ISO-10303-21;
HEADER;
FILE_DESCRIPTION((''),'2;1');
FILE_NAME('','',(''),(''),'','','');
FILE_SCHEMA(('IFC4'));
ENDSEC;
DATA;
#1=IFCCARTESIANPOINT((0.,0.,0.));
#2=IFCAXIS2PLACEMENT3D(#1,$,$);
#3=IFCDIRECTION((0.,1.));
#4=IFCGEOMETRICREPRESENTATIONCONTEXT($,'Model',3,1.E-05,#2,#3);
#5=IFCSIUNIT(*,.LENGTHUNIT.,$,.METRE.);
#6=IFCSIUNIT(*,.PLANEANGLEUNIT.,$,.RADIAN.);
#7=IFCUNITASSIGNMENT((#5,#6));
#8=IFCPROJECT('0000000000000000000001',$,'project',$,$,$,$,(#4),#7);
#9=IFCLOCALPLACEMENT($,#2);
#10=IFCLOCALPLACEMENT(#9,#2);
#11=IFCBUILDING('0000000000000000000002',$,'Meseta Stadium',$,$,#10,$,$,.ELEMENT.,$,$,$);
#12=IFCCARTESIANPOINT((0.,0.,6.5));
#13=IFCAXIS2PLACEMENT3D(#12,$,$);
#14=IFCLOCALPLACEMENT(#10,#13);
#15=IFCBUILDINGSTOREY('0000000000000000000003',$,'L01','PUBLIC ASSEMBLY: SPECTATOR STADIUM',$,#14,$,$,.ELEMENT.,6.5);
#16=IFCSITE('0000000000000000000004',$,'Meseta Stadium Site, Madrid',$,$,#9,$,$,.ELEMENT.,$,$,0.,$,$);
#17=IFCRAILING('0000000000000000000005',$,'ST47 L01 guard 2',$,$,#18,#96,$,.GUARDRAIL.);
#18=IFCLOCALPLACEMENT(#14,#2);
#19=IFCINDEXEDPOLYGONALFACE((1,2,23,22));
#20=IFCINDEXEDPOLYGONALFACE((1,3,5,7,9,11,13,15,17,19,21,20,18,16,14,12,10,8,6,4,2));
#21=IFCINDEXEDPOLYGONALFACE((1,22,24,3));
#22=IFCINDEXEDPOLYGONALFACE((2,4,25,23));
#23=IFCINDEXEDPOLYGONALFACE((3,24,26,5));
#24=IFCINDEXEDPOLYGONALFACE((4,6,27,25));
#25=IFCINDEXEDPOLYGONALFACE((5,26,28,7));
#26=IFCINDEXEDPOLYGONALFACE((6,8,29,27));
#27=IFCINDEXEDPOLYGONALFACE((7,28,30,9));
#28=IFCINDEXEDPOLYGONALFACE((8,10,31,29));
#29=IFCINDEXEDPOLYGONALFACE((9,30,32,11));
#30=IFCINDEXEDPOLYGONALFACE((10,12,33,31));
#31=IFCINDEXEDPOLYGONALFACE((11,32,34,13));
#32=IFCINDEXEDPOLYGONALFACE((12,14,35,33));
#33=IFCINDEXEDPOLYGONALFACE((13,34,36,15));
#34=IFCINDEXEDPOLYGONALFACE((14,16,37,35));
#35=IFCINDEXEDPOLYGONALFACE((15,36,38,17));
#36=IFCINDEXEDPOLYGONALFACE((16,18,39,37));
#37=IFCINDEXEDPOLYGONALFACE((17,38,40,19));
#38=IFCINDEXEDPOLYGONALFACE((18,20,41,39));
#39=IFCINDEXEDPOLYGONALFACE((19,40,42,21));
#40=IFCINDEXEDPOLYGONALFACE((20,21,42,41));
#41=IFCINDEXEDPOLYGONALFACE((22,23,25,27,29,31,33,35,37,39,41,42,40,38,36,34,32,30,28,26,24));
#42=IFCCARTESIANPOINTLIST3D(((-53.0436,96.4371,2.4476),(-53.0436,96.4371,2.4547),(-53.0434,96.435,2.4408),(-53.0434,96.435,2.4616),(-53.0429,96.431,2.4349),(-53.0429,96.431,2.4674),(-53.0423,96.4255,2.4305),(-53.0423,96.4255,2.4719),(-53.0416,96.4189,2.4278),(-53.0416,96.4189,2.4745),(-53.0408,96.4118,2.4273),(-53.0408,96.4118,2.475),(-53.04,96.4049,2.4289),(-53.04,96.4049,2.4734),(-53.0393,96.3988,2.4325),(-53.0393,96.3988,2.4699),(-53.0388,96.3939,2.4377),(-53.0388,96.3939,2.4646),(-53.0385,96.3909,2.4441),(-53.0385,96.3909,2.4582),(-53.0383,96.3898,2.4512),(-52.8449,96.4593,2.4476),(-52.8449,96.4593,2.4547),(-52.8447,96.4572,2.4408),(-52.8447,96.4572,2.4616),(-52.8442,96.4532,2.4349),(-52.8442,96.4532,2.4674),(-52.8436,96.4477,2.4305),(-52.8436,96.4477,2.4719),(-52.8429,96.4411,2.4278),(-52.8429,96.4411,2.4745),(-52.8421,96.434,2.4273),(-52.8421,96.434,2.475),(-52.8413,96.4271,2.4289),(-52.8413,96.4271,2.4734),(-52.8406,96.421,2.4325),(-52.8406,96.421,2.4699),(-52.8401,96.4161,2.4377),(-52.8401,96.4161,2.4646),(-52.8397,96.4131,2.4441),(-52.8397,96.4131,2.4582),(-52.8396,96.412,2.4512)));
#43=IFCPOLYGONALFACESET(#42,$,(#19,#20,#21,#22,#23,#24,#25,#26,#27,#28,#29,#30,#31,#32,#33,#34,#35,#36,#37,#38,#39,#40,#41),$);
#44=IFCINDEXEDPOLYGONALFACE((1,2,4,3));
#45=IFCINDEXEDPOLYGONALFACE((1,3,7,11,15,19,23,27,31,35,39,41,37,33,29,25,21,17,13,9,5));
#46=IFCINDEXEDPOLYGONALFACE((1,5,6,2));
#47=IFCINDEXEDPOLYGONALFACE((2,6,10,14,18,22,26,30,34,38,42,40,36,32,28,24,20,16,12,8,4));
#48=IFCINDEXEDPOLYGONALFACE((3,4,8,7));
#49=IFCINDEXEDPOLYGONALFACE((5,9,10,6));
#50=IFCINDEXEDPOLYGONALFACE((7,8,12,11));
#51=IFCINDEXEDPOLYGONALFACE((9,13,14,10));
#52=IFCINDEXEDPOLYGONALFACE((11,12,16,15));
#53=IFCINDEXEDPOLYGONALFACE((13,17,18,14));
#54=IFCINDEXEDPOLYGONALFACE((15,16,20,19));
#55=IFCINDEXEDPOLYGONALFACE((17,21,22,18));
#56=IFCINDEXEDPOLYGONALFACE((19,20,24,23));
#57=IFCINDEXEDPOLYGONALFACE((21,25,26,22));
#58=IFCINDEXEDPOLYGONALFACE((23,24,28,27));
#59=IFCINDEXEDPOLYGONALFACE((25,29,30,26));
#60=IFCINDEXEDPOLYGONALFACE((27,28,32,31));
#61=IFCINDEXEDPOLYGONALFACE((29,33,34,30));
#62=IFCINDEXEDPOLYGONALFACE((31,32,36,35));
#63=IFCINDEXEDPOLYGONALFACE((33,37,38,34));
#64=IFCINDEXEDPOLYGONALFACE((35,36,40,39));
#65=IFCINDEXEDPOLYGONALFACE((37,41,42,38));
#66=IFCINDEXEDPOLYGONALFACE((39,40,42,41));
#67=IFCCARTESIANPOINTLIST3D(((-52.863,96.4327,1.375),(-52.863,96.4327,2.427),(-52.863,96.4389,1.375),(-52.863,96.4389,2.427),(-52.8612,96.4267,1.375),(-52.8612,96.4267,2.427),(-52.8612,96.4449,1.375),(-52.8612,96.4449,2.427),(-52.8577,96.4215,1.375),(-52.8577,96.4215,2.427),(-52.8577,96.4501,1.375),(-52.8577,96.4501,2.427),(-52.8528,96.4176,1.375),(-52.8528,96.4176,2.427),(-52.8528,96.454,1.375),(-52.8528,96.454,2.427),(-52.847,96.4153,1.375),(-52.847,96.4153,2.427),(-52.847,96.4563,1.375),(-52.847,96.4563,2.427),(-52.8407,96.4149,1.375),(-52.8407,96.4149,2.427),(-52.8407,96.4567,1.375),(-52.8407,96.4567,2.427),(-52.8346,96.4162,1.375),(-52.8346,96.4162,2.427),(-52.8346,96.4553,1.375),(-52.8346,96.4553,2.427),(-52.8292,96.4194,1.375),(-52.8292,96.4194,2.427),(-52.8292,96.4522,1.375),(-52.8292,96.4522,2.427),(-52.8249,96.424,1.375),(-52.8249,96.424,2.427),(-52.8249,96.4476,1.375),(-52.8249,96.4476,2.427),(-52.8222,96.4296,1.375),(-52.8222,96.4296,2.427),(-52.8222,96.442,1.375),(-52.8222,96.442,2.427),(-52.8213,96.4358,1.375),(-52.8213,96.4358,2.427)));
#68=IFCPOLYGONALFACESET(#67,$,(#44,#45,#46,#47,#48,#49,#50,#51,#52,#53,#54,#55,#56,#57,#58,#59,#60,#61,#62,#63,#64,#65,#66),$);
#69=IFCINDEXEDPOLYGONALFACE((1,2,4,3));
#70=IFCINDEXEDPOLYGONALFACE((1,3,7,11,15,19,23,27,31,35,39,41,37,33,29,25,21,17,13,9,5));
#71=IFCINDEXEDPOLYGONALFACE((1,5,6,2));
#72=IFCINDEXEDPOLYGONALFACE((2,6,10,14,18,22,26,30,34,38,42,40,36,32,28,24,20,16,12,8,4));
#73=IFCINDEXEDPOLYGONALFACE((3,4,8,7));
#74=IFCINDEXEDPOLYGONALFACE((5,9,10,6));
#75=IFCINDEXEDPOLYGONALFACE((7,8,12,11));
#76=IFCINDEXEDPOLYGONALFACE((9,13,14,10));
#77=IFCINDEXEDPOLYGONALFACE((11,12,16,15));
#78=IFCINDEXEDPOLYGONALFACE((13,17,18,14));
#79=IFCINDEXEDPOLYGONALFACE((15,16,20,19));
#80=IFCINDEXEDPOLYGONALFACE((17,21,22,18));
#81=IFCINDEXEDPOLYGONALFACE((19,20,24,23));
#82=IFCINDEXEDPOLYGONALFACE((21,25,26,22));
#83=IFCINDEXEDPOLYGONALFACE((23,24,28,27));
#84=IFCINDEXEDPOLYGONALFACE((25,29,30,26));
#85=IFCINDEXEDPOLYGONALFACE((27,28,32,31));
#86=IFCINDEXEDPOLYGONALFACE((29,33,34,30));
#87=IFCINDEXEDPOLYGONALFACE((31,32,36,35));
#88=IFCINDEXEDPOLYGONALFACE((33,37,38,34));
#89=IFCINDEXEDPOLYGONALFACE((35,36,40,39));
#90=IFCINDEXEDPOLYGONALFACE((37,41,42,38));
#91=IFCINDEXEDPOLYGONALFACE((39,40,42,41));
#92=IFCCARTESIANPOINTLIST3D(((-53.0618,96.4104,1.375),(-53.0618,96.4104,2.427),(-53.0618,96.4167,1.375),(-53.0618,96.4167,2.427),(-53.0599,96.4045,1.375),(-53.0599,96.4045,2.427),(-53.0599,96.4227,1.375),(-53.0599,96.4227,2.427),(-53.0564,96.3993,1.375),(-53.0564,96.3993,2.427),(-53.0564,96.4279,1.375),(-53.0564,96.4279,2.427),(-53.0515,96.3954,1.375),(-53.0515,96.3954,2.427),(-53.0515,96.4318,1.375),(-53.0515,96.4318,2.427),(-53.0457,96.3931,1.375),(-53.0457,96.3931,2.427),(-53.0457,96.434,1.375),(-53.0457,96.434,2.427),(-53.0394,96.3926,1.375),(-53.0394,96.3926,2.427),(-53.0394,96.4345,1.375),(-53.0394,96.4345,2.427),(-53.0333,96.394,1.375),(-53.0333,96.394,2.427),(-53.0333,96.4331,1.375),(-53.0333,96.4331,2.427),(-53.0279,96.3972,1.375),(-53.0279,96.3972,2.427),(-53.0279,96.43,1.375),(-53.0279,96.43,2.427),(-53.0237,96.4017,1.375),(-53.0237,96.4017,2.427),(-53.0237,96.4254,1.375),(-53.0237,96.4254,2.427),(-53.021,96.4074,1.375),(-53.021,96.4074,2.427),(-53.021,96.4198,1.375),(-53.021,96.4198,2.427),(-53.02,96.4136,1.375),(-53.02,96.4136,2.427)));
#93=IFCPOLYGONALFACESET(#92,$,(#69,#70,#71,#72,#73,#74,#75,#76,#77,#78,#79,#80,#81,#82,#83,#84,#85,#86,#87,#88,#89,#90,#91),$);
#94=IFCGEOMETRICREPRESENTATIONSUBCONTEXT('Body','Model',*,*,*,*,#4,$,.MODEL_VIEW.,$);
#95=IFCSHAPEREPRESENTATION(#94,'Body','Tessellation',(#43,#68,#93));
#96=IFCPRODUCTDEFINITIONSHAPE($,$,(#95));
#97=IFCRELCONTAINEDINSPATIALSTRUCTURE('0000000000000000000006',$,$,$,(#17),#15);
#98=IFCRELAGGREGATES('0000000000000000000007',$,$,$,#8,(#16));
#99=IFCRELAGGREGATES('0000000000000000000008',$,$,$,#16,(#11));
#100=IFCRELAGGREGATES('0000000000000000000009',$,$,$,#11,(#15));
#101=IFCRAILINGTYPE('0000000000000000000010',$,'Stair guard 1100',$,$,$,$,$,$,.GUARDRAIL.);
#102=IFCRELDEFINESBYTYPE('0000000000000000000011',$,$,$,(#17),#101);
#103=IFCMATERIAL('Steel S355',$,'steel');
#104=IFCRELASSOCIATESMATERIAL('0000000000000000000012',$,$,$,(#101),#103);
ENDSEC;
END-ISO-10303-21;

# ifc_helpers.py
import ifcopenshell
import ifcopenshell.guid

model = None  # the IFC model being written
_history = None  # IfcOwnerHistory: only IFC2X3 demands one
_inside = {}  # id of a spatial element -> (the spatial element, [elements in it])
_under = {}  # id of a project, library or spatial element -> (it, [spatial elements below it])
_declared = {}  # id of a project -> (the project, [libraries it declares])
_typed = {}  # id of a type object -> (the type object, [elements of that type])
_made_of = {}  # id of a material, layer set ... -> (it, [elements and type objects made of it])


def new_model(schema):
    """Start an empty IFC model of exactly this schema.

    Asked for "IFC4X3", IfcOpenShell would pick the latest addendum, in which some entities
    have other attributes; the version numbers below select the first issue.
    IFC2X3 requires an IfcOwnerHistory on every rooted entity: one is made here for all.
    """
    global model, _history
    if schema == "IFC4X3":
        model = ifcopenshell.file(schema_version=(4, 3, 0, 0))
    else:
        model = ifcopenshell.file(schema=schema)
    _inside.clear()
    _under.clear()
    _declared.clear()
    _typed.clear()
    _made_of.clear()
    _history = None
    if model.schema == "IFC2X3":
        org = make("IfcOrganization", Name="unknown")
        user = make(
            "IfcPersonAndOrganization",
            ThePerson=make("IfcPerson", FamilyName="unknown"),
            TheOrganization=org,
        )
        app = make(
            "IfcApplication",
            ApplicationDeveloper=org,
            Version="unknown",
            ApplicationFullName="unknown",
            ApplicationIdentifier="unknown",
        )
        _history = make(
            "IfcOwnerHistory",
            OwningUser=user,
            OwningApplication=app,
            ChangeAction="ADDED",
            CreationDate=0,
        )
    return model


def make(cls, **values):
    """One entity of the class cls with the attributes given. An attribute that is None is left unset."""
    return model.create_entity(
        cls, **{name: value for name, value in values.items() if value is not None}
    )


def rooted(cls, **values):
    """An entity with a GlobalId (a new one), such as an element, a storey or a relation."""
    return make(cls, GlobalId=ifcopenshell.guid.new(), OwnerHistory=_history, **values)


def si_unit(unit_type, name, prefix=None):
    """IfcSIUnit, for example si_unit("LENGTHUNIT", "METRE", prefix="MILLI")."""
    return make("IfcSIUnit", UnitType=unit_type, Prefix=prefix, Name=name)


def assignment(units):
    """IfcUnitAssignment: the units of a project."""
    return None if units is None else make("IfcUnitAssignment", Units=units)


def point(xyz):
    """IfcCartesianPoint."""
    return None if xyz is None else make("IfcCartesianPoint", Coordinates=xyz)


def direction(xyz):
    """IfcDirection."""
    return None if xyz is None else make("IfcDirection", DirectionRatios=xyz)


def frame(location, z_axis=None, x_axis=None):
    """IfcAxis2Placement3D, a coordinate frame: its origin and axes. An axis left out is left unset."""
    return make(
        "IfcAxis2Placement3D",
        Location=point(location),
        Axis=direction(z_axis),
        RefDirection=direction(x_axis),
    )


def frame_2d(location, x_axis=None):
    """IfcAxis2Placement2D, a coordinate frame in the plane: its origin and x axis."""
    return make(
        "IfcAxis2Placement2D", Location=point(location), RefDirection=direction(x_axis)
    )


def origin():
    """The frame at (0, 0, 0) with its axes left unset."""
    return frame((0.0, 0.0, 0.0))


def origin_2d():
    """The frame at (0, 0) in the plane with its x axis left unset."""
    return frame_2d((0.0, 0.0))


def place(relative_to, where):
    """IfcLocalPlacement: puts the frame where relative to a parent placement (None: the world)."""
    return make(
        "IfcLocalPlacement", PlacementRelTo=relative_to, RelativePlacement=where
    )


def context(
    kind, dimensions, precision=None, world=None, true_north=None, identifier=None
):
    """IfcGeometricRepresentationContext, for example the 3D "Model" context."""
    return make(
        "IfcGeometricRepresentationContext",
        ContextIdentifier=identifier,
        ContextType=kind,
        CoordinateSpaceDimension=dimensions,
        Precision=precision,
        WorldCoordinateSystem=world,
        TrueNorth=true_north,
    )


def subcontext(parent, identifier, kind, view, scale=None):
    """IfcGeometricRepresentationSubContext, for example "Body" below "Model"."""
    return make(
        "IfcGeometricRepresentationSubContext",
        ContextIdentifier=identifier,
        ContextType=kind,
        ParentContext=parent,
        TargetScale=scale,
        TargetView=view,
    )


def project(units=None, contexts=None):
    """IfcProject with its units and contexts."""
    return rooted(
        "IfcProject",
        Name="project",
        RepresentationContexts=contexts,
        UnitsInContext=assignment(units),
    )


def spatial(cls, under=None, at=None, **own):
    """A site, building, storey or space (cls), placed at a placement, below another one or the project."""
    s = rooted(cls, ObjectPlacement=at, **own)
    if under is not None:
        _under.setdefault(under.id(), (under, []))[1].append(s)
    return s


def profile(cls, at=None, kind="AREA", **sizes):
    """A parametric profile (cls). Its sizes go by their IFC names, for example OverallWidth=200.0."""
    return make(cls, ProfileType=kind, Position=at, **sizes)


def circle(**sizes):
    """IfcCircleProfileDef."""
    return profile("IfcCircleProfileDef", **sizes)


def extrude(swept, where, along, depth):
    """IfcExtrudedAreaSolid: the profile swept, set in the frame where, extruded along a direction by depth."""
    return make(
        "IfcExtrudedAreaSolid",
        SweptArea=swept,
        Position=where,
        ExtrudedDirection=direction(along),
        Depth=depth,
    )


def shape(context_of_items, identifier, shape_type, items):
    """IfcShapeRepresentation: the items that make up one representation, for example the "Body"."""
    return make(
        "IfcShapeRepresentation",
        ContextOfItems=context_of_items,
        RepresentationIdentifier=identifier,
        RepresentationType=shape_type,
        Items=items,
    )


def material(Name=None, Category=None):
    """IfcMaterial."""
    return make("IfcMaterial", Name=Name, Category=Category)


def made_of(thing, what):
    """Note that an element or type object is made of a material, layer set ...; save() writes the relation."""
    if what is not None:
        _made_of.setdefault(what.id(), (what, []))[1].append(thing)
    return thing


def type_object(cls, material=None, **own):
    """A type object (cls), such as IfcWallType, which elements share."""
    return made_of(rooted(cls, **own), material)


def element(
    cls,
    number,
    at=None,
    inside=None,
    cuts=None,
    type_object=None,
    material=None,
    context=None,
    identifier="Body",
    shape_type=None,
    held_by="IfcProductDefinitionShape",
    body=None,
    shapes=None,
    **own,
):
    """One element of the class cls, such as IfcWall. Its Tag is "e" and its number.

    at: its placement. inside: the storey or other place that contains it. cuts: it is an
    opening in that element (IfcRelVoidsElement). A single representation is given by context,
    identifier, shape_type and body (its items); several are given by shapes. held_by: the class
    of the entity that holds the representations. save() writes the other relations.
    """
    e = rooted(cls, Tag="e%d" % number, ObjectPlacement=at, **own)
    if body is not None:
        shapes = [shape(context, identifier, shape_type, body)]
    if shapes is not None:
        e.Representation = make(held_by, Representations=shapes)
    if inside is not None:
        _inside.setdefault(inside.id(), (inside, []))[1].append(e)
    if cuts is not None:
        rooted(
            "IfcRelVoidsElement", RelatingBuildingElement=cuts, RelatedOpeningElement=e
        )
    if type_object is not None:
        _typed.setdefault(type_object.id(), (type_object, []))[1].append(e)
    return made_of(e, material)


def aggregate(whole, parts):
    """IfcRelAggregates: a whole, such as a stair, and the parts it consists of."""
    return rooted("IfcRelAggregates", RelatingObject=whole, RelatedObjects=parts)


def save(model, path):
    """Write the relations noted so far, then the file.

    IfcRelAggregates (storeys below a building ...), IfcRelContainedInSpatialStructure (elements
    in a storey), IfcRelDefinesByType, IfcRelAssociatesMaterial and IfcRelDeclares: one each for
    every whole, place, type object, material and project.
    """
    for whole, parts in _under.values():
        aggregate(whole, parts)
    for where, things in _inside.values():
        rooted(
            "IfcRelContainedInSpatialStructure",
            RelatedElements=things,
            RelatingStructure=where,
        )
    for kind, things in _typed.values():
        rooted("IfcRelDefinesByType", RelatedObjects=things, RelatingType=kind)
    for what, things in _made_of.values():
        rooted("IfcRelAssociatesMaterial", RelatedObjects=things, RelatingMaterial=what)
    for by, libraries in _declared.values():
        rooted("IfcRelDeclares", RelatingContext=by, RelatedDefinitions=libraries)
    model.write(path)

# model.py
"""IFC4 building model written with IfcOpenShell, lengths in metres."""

from ifc_helpers import new_model, si_unit, direction, frame, origin, origin_2d, place, context, subcontext, project, spatial, circle, extrude, material, type_object, element, save


model = new_model("IFC4")

# Units and contexts
model_context = context("Model", 3, precision=1e-05, world=origin(), true_north=direction((0.0, 1.0)))
body_context = subcontext(model_context, "Body", "Model", "MODEL_VIEW")
ifc_project = project(units=[si_unit("LENGTHUNIT", "METRE"), si_unit("PLANEANGLEUNIT", "RADIAN")], contexts=[model_context])

# Site, building, storey
site_placement = place(None, origin())
site = spatial("IfcSite", under=ifc_project, at=site_placement, Name="Meseta Stadium Site, Madrid", CompositionType="ELEMENT", RefElevation=0.0)
building_placement = place(site_placement, origin())
building = spatial("IfcBuilding", under=site, at=building_placement, Name="Meseta Stadium", CompositionType="ELEMENT")
storey_placement = place(building_placement, frame((0.0, 0.0, 6.5)))
storey = spatial("IfcBuildingStorey", under=building, at=storey_placement, Name="L01", Description="PUBLIC ASSEMBLY: SPECTATOR STADIUM", CompositionType="ELEMENT", Elevation=6.5)

# Railing
ifc_material_1 = material(Name="Steel S355", Category="steel")
railing_type_1 = type_object("IfcRailingType", Name="Stair guard 1100", PredefinedType="GUARDRAIL", material=ifc_material_1)
railing_1_placement = place(storey_placement, frame((-52.8423, 96.4358, 1.375)))
element("IfcRailing", 1, at=railing_1_placement, inside=storey, type_object=railing_type_1, Name="ST47 L01 guard 2", PredefinedType="GUARDRAIL", context=body_context, shape_type="SweptSolid", body=[
    extrude(circle(Radius=0.0239, at=origin_2d()), frame((0.0, 0.0, 1.0762), z_axis=(-0.993809, -0.111102, 0.0), x_axis=(0.111102, -0.993809, 0.0)), (0.0, 0.0, 1.0), 0.2),
    extrude(circle(Radius=0.021, at=origin_2d()), origin(), (0.0, 0.0, 1.0), 1.052),
    extrude(circle(Radius=0.021, at=origin_2d()), frame((-0.1987, -0.0222, 0.0)), (0.0, 0.0, 1.0), 1.052),
])

save(model, "model.ifc")
